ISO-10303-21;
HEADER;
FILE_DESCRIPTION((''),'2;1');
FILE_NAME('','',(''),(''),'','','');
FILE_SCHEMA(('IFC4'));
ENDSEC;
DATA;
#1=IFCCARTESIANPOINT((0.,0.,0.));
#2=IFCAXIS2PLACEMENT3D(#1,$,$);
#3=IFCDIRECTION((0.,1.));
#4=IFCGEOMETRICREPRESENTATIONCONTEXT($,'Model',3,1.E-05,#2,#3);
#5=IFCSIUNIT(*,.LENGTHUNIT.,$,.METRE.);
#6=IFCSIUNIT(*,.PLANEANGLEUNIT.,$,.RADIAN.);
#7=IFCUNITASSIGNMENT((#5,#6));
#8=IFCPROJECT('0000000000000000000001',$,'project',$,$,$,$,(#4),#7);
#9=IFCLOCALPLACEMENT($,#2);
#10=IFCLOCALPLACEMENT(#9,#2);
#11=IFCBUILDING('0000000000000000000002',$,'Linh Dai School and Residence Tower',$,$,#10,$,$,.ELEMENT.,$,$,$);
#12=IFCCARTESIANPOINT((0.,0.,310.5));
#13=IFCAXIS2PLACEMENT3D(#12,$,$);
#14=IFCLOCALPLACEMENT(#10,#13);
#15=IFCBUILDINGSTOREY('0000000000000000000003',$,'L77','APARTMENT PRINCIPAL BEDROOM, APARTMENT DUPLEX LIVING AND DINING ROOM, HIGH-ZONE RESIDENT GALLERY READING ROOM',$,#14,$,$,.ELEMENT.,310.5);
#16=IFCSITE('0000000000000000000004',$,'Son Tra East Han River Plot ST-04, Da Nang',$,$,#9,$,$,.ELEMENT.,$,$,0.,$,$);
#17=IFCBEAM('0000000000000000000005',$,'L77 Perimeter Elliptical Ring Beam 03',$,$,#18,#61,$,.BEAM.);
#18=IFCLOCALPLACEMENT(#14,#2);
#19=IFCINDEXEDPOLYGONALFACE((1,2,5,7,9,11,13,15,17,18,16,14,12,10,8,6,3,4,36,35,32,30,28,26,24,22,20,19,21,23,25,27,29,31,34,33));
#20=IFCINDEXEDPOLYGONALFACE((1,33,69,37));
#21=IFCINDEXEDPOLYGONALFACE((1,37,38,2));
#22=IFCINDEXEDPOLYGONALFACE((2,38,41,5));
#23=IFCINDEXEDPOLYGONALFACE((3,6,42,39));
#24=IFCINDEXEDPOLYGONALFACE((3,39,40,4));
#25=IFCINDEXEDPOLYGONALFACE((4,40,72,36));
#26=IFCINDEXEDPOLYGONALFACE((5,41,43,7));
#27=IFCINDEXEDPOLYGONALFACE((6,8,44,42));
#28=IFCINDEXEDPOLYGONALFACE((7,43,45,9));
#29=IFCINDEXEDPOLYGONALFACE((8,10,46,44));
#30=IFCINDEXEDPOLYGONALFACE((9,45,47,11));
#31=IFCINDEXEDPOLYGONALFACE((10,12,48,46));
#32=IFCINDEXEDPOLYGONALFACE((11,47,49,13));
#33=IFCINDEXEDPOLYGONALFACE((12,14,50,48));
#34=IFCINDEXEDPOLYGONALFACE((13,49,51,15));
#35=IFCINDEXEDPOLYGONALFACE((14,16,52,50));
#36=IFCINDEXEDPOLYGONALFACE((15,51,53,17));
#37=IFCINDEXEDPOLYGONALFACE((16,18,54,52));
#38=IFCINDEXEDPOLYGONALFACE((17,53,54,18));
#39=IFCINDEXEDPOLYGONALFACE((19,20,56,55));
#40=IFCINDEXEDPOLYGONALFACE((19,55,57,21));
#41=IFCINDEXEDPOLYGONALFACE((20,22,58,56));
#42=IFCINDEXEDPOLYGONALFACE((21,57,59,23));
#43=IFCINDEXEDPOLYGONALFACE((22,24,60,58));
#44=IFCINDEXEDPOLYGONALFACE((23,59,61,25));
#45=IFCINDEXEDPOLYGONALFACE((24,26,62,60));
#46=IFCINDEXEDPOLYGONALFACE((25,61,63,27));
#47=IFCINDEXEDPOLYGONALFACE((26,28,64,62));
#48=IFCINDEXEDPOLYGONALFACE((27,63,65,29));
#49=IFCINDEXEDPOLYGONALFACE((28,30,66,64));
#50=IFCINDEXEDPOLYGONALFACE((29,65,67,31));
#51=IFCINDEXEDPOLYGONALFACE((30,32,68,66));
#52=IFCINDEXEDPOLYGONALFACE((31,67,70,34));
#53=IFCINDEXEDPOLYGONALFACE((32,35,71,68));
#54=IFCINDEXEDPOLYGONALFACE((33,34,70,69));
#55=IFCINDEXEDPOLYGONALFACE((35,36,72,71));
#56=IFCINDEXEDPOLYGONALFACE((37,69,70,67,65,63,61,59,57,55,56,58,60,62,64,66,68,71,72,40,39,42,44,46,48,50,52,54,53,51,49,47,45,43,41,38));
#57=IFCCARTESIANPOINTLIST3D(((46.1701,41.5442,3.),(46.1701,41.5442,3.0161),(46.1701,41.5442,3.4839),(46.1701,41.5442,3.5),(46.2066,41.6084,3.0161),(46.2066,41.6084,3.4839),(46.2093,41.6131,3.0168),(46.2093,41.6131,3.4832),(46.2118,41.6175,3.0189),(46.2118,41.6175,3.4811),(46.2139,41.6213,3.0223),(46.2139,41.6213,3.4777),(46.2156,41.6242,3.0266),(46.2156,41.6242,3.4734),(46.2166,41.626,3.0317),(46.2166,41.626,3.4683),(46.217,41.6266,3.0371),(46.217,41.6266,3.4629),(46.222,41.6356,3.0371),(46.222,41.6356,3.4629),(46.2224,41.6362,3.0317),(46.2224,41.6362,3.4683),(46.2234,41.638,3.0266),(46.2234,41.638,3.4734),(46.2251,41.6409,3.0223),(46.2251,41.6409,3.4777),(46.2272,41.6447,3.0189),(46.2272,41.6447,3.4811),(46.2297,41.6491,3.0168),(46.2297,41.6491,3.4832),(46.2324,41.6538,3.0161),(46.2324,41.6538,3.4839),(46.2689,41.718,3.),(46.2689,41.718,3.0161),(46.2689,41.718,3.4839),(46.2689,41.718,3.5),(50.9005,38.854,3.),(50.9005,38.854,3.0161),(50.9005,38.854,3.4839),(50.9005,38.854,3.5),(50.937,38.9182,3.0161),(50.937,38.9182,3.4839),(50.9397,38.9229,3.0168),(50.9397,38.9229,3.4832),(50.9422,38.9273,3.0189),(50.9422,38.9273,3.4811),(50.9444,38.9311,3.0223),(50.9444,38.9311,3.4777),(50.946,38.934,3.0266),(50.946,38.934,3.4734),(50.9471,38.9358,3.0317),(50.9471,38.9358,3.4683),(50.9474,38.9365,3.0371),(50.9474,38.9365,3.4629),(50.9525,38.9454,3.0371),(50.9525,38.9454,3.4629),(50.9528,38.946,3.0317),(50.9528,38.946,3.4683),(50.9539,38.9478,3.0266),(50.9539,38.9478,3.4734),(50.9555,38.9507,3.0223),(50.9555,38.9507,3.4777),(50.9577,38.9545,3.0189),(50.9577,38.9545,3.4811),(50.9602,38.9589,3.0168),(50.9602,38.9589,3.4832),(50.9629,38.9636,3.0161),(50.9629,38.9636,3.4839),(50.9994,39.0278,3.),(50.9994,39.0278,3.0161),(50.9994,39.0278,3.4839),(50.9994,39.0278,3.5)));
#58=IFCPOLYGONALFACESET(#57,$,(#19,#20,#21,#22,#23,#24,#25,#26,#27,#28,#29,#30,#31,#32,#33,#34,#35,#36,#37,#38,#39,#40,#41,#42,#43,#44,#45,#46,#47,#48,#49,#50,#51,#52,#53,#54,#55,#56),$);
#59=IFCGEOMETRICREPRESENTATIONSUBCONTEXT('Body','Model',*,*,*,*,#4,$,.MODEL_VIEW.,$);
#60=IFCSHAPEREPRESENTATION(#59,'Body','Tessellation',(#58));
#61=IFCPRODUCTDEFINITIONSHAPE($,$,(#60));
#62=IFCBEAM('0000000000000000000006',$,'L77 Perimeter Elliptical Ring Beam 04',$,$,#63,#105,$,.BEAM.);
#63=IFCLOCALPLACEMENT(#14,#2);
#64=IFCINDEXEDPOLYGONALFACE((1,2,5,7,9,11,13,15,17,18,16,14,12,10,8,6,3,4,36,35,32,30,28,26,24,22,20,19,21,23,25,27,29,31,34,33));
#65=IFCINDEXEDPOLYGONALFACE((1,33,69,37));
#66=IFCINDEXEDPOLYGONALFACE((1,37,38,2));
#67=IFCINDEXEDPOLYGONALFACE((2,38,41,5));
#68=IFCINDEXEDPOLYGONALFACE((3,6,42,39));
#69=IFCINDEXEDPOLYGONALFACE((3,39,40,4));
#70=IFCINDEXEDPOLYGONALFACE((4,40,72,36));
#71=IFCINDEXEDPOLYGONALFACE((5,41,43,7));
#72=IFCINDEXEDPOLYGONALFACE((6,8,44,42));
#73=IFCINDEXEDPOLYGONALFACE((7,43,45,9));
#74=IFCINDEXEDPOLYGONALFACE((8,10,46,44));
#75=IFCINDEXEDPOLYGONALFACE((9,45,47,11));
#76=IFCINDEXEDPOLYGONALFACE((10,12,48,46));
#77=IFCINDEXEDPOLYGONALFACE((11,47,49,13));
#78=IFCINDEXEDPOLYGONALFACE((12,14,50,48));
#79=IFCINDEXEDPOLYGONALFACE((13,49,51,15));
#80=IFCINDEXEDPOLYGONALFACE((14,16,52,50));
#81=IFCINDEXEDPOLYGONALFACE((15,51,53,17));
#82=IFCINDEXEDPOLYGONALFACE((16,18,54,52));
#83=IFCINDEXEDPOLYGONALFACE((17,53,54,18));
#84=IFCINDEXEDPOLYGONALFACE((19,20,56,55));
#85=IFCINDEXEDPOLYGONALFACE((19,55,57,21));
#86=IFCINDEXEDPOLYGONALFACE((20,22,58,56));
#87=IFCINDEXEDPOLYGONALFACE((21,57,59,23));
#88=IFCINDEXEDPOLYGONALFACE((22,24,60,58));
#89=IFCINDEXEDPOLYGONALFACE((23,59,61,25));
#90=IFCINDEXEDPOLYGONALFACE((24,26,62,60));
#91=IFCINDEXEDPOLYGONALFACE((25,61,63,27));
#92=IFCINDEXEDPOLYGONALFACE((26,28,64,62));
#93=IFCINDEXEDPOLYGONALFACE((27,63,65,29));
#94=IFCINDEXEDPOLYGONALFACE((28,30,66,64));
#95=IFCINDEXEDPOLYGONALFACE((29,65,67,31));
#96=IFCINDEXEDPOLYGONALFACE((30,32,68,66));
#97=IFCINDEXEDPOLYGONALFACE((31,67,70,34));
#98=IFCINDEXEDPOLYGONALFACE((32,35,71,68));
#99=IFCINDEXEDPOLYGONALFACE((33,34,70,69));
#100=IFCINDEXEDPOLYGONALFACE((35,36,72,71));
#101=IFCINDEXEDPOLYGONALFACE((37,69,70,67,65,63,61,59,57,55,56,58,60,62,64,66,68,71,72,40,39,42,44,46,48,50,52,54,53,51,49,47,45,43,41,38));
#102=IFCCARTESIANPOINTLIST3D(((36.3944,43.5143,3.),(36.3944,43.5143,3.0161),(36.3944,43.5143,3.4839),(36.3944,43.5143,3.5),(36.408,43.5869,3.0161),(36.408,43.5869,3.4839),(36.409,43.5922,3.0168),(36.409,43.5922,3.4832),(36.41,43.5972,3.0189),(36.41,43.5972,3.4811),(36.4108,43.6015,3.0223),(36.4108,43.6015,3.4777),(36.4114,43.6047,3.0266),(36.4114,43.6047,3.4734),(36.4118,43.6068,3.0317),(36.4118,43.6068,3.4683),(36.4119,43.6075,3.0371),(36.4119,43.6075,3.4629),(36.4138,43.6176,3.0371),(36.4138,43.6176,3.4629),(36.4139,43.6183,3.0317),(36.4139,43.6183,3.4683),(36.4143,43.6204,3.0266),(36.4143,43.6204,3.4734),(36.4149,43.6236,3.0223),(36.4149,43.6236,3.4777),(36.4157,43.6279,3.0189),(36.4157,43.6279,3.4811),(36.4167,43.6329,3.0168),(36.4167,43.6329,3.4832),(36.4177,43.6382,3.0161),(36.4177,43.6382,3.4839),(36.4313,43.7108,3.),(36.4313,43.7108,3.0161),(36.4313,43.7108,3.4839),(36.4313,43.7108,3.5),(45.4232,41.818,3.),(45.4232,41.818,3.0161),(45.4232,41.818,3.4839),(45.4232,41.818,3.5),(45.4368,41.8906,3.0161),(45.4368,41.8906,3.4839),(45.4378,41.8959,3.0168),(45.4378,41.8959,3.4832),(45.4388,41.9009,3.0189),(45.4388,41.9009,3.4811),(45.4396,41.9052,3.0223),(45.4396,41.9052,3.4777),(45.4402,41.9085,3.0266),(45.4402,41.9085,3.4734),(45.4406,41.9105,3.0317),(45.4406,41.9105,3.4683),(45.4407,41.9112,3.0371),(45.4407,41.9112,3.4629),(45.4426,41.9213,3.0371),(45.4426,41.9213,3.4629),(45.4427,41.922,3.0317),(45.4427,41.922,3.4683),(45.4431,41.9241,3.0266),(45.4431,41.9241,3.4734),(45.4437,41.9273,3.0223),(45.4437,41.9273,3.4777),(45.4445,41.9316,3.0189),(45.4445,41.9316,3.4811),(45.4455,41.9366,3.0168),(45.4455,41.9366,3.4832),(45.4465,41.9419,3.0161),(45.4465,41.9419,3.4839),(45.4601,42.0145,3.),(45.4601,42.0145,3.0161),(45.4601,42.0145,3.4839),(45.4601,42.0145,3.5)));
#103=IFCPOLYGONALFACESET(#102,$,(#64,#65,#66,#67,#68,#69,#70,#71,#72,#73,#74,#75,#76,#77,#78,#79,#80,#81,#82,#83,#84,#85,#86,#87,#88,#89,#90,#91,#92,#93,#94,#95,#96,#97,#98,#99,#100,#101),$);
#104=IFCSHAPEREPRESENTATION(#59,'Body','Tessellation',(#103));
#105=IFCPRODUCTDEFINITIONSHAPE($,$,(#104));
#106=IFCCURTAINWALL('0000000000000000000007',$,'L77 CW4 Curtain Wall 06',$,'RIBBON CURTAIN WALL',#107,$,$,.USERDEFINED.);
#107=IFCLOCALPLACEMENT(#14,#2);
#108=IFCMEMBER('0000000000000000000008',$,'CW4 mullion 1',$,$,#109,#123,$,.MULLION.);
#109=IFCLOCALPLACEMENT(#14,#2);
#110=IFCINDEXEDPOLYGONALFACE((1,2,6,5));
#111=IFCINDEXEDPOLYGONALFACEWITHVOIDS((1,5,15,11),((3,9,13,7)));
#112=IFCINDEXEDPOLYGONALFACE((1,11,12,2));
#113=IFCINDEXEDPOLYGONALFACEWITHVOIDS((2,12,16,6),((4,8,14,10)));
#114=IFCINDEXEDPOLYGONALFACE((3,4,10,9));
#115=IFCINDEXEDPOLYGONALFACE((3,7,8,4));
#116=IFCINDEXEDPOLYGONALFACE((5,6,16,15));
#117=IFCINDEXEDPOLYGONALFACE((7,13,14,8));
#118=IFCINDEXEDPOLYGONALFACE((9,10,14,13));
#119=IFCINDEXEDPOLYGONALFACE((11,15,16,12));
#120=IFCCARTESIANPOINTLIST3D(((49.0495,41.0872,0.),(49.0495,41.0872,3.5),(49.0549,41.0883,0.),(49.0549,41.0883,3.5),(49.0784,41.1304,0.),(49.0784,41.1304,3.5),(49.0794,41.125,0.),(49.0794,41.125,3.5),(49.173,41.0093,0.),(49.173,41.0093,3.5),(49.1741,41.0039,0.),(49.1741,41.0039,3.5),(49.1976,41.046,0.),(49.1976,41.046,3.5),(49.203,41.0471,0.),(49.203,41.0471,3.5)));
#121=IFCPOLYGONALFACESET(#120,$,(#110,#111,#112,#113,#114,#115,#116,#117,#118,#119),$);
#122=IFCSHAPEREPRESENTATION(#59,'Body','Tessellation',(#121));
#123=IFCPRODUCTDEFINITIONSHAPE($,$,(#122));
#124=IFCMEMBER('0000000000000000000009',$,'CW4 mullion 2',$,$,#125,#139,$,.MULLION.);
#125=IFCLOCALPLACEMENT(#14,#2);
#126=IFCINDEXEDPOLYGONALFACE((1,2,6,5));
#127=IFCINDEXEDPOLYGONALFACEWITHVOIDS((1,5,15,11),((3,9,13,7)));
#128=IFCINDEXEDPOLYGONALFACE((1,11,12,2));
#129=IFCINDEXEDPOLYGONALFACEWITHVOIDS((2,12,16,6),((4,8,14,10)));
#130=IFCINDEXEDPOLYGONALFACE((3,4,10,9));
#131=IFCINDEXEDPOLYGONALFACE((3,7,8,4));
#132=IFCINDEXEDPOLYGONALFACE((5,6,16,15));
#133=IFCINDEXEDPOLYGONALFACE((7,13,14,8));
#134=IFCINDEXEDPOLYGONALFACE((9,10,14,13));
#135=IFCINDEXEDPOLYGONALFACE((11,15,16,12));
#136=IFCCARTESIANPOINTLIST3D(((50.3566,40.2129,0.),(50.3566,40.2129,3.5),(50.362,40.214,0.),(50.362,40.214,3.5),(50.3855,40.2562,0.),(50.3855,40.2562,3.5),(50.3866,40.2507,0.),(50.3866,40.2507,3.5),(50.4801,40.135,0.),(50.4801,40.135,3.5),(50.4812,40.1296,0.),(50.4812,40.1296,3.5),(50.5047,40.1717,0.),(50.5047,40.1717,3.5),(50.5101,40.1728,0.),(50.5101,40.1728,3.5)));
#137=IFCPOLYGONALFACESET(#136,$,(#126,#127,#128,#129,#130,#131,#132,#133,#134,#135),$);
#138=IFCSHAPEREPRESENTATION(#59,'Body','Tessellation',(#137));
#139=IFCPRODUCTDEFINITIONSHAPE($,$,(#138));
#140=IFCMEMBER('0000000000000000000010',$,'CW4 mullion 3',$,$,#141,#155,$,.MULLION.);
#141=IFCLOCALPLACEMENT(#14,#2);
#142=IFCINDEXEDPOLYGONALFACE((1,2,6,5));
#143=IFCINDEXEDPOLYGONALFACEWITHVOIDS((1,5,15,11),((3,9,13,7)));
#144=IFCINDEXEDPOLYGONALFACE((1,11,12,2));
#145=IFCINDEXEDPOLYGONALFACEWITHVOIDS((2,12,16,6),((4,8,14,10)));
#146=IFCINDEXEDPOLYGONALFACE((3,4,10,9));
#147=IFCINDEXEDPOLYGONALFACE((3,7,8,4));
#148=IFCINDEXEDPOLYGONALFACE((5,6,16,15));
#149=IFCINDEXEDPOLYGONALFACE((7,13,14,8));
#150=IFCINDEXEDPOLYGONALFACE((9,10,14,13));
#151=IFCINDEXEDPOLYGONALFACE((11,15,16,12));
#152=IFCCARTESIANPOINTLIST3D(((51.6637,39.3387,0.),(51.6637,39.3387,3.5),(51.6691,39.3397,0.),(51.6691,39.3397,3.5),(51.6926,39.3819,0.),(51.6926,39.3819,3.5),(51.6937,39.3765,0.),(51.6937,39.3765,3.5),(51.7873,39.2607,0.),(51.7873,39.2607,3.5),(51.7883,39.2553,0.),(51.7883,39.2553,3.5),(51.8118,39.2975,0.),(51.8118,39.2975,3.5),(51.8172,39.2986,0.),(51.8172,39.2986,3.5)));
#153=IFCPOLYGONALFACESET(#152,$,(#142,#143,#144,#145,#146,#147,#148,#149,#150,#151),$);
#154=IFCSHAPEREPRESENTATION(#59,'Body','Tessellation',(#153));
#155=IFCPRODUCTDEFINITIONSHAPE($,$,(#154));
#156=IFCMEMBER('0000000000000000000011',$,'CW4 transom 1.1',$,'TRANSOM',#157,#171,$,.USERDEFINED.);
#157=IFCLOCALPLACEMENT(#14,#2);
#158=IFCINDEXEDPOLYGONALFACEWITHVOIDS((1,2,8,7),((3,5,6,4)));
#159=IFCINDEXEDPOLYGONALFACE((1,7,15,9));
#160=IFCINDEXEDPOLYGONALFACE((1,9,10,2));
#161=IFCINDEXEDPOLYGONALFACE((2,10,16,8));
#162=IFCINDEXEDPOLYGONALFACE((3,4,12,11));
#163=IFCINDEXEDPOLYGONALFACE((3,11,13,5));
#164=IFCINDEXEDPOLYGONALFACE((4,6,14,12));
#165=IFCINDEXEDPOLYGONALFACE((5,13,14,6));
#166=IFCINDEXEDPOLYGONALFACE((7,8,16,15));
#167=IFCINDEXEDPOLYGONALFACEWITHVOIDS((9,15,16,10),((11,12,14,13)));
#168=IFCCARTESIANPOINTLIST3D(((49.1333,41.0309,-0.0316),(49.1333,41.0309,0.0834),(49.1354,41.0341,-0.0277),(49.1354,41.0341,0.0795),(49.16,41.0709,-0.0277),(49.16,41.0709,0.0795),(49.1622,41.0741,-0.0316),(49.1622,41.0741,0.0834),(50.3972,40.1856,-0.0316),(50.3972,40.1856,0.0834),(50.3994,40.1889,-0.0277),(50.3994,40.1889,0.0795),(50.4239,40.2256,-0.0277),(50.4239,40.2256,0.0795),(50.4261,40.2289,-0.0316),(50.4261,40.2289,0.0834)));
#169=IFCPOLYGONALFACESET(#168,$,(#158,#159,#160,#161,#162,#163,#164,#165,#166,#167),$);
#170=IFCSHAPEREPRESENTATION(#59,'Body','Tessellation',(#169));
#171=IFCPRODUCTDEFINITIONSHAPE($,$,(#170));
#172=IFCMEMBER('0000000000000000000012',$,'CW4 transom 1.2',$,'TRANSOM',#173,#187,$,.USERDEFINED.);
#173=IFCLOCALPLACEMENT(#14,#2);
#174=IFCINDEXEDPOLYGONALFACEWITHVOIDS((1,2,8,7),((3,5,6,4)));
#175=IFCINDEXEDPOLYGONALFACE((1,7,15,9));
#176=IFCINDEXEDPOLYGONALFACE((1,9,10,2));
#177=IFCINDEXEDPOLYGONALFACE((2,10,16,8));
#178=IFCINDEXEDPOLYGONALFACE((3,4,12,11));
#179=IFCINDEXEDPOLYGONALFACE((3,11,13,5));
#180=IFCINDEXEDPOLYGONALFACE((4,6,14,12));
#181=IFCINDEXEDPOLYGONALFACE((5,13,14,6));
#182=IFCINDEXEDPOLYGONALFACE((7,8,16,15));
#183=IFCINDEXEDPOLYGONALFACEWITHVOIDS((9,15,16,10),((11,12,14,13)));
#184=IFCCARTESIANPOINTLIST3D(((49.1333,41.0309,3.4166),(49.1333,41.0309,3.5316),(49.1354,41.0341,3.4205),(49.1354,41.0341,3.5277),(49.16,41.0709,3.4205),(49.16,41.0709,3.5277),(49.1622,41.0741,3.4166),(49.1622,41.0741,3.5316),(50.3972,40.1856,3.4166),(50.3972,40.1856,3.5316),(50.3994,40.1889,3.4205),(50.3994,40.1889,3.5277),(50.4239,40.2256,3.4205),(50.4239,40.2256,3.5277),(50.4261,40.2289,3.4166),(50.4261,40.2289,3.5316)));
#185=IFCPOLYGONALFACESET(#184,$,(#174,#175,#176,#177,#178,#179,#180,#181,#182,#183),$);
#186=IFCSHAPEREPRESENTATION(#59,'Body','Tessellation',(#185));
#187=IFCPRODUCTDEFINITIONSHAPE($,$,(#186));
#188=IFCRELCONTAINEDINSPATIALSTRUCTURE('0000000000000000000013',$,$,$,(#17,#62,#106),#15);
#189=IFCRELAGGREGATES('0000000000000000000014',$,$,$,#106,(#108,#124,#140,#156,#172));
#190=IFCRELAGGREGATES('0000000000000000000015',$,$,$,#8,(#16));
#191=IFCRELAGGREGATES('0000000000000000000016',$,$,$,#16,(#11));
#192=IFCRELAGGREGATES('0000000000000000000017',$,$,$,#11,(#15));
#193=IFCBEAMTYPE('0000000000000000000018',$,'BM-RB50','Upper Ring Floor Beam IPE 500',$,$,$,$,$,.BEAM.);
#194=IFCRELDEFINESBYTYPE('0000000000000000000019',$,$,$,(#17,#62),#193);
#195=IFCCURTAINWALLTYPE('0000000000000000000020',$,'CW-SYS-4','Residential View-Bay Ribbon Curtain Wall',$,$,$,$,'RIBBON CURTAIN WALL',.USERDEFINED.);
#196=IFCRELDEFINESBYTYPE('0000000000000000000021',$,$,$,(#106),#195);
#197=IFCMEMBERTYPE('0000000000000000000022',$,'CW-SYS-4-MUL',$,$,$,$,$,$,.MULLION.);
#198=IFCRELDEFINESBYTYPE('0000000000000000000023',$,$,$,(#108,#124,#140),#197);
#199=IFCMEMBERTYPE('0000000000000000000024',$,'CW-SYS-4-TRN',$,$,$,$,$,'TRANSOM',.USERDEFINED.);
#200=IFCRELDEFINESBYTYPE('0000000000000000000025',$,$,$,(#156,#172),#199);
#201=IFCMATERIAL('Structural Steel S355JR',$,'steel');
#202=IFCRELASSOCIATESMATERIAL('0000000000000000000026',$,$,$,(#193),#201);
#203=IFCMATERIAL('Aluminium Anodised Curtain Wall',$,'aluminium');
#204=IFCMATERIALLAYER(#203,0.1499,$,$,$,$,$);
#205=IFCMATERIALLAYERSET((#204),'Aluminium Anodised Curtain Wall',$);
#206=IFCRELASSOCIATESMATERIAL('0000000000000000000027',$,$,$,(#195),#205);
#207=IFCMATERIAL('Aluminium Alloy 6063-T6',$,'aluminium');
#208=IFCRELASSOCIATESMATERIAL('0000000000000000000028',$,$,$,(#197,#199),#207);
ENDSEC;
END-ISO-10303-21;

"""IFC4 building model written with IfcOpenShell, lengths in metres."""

from ifc_helpers import new_model, si_unit, direction, frame, origin, origin_2d, place, context, subcontext, project, spatial, hollow_rectangle, i_section, extrude, source, transform, mapped, material, layer, layer_set, material_profile, profile_set, type_object, element, aggregate, save


model = new_model("IFC4")

# Units and contexts
model_context = context("Model", 3, precision=1e-05, world=origin(), true_north=direction((0.0, 1.0)))
body_context = subcontext(model_context, "Body", "Model", "MODEL_VIEW")
ifc_project = project(units=[si_unit("LENGTHUNIT", "METRE"), si_unit("PLANEANGLEUNIT", "RADIAN")], contexts=[model_context])

# Site, building, storey
site_placement = place(None, origin())
site = spatial("IfcSite", under=ifc_project, at=site_placement, Name="Son Tra East Han River Plot ST-04, Da Nang", CompositionType="ELEMENT", RefElevation=0.0)
building_placement = place(site_placement, origin())
building = spatial("IfcBuilding", under=site, at=building_placement, Name="Linh Dai School and Residence Tower", CompositionType="ELEMENT")
storey_placement = place(building_placement, frame((0.0, 0.0, 310.5)))
storey = spatial("IfcBuildingStorey", under=building, at=storey_placement, Name="L77", Description="APARTMENT PRINCIPAL BEDROOM, APARTMENT DUPLEX LIVING AND DINING ROOM, HIGH-ZONE RESIDENT GALLERY READING ROOM", CompositionType="ELEMENT", Elevation=310.5)

# Shared definitions
ifc_material_1 = material(Name="Structural Steel S355JR", Category="steel")

# Beams
ifc_material_profile_1 = material_profile(ifc_material_1, i_section(OverallWidth=0.2, OverallDepth=0.5, WebThickness=0.0103, FlangeThickness=0.0161, FilletRadius=0.021, at=origin_2d()), Name="IPE 500")
ifc_profile_set_1 = profile_set([ifc_material_profile_1], Name="Structural Steel S355JR")
beam_type = type_object("IfcBeamType", Name="BM-RB50", Description="Upper Ring Floor Beam IPE 500", PredefinedType="BEAM", material=ifc_profile_set_1)
beam_1_placement = place(storey_placement, frame((50.95, 38.9409, 3.25), z_axis=(-0.869266, 0.494345, 0.0), x_axis=(-0.494345, -0.869266, 0.0)))
element("IfcBeam", 1, at=beam_1_placement, inside=storey, type_object=beam_type, Name="L77 Perimeter Elliptical Ring Beam 03", PredefinedType="BEAM", context=body_context, shape_type="SweptSolid", body=[
    extrude(i_section(OverallWidth=0.2, OverallDepth=0.5, WebThickness=0.0103, FlangeThickness=0.0161, FilletRadius=0.021, at=origin_2d()), origin(), (0.0, 0.0, 1.0), 5.4419),
])
beam_2_placement = place(storey_placement, frame((45.4417, 41.9163, 3.25), z_axis=(-0.982805, 0.184645, 0.0), x_axis=(-0.184645, -0.982805, 0.0)))
element("IfcBeam", 2, at=beam_2_placement, inside=storey, type_object=beam_type, Name="L77 Perimeter Elliptical Ring Beam 04", PredefinedType="BEAM", context=body_context, shape_type="SweptSolid", body=[
    extrude(i_section(OverallWidth=0.2, OverallDepth=0.5, WebThickness=0.0103, FlangeThickness=0.0161, FilletRadius=0.021, at=origin_2d()), origin(), (0.0, 0.0, 1.0), 9.1868),
])

# Curtain wall, members
ifc_material_2 = material(Name="Aluminium Anodised Curtain Wall", Category="aluminium")
ifc_layer_1 = layer(ifc_material_2, 0.1499)
ifc_layer_set_1 = layer_set([ifc_layer_1], Name="Aluminium Anodised Curtain Wall")
curtain_wall_type = type_object("IfcCurtainWallType", Name="CW-SYS-4", Description="Residential View-Bay Ribbon Curtain Wall", ElementType="RIBBON CURTAIN WALL", PredefinedType="USERDEFINED", material=ifc_layer_set_1)
curtain_wall_placement = place(storey_placement, origin())
curtain_wall = element("IfcCurtainWall", 3, at=curtain_wall_placement, inside=storey, type_object=curtain_wall_type, Name="L77 CW4 Curtain Wall 06", ObjectType="RIBBON CURTAIN WALL", PredefinedType="USERDEFINED")
ifc_material_3 = material(Name="Aluminium Alloy 6063-T6", Category="aluminium")
ifc_material_profile_2 = material_profile(ifc_material_3, hollow_rectangle(XDim=0.052, YDim=0.1499, WallThickness=0.0039, at=origin_2d()), Name="RHS 150x52x4")
ifc_profile_set_2 = profile_set([ifc_material_profile_2], Name="Aluminium Alloy 6063-T6")
member_type_1 = type_object("IfcMemberType", Name="CW-SYS-4-MUL", PredefinedType="MULLION", material=ifc_profile_set_2)
shared_shape_1 = source(origin(), body_context, "Body", "SweptSolid", [
    extrude(hollow_rectangle(XDim=0.052, YDim=0.1499, WallThickness=0.0039, at=origin_2d()), origin(), (0.0, 0.0, 1.0), 3.5),
])
member_1_placement = place(storey_placement, frame((49.1262, 41.0671, 0.0), z_axis=(0.0, 0.0, 1.0), x_axis=(0.555908, 0.831244, 0.0)))
member_1 = element("IfcMember", 4, at=member_1_placement, type_object=member_type_1, Name="CW4 mullion 1", PredefinedType="MULLION", context=body_context, shape_type="MappedRepresentation", body=[
    mapped(shared_shape_1, transform((0.0, 0.0, 0.0), x_axis=(1.0, 0.0, 0.0), y_axis=(0.0, 1.0, 0.0), z_axis=(0.0, 0.0, 1.0), scale=1.0)),
])
member_2_placement = place(storey_placement, frame((50.4333, 40.1929, 0.0), z_axis=(0.0, 0.0, 1.0), x_axis=(0.555908, 0.831244, 0.0)))
member_2 = element("IfcMember", 5, at=member_2_placement, type_object=member_type_1, Name="CW4 mullion 2", PredefinedType="MULLION", context=body_context, shape_type="MappedRepresentation", body=[
    mapped(shared_shape_1, transform((0.0, 0.0, 0.0), x_axis=(1.0, 0.0, 0.0), y_axis=(0.0, 1.0, 0.0), z_axis=(0.0, 0.0, 1.0), scale=1.0)),
])
member_3_placement = place(storey_placement, frame((51.7405, 39.3186, 0.0), z_axis=(0.0, 0.0, 1.0), x_axis=(0.555908, 0.831244, 0.0)))
member_3 = element("IfcMember", 6, at=member_3_placement, type_object=member_type_1, Name="CW4 mullion 3", PredefinedType="MULLION", context=body_context, shape_type="MappedRepresentation", body=[
    mapped(shared_shape_1, transform((0.0, 0.0, 0.0), x_axis=(1.0, 0.0, 0.0), y_axis=(0.0, 1.0, 0.0), z_axis=(0.0, 0.0, 1.0), scale=1.0)),
])
ifc_material_profile_3 = material_profile(ifc_material_3, hollow_rectangle(XDim=0.052, YDim=0.115, WallThickness=0.0039, at=origin_2d()), Name="RHS 115x52x4")
ifc_profile_set_3 = profile_set([ifc_material_profile_3], Name="Aluminium Alloy 6063-T6")
member_type_2 = type_object("IfcMemberType", Name="CW-SYS-4-TRN", ElementType="TRANSOM", PredefinedType="USERDEFINED", material=ifc_profile_set_3)
shared_shape_2 = source(origin(), body_context, "Body", "SweptSolid", [
    extrude(hollow_rectangle(XDim=0.052, YDim=0.115, WallThickness=0.0039, at=origin_2d()), origin(), (0.0, 0.0, 1.0), 1.5205),
])
member_4_placement = place(storey_placement, frame((49.1477, 41.0525, 0.0259), z_axis=(0.831259, -0.555885, 0.0), x_axis=(0.555885, 0.831259, 0.0)))
member_4 = element("IfcMember", 7, at=member_4_placement, type_object=member_type_2, Name="CW4 transom 1.1", ObjectType="TRANSOM", PredefinedType="USERDEFINED", context=body_context, shape_type="MappedRepresentation", body=[
    mapped(shared_shape_2, transform((0.0, 0.0, 0.0), x_axis=(1.0, 0.0, 0.0), y_axis=(0.0, 1.0, 0.0), z_axis=(0.0, 0.0, 1.0), scale=1.0)),
])
member_5_placement = place(storey_placement, frame((49.1477, 41.0525, 3.4741), z_axis=(0.831259, -0.555885, 0.0), x_axis=(0.555885, 0.831259, 0.0)))
member_5 = element("IfcMember", 8, at=member_5_placement, type_object=member_type_2, Name="CW4 transom 1.2", ObjectType="TRANSOM", PredefinedType="USERDEFINED", context=body_context, shape_type="MappedRepresentation", body=[
    mapped(shared_shape_2, transform((0.0, 0.0, 0.0), x_axis=(1.0, 0.0, 0.0), y_axis=(0.0, 1.0, 0.0), z_axis=(0.0, 0.0, 1.0), scale=1.0)),
])

aggregate(curtain_wall, [member_1, member_2, member_3, member_4, member_5])

save(model, "model.ifc")
